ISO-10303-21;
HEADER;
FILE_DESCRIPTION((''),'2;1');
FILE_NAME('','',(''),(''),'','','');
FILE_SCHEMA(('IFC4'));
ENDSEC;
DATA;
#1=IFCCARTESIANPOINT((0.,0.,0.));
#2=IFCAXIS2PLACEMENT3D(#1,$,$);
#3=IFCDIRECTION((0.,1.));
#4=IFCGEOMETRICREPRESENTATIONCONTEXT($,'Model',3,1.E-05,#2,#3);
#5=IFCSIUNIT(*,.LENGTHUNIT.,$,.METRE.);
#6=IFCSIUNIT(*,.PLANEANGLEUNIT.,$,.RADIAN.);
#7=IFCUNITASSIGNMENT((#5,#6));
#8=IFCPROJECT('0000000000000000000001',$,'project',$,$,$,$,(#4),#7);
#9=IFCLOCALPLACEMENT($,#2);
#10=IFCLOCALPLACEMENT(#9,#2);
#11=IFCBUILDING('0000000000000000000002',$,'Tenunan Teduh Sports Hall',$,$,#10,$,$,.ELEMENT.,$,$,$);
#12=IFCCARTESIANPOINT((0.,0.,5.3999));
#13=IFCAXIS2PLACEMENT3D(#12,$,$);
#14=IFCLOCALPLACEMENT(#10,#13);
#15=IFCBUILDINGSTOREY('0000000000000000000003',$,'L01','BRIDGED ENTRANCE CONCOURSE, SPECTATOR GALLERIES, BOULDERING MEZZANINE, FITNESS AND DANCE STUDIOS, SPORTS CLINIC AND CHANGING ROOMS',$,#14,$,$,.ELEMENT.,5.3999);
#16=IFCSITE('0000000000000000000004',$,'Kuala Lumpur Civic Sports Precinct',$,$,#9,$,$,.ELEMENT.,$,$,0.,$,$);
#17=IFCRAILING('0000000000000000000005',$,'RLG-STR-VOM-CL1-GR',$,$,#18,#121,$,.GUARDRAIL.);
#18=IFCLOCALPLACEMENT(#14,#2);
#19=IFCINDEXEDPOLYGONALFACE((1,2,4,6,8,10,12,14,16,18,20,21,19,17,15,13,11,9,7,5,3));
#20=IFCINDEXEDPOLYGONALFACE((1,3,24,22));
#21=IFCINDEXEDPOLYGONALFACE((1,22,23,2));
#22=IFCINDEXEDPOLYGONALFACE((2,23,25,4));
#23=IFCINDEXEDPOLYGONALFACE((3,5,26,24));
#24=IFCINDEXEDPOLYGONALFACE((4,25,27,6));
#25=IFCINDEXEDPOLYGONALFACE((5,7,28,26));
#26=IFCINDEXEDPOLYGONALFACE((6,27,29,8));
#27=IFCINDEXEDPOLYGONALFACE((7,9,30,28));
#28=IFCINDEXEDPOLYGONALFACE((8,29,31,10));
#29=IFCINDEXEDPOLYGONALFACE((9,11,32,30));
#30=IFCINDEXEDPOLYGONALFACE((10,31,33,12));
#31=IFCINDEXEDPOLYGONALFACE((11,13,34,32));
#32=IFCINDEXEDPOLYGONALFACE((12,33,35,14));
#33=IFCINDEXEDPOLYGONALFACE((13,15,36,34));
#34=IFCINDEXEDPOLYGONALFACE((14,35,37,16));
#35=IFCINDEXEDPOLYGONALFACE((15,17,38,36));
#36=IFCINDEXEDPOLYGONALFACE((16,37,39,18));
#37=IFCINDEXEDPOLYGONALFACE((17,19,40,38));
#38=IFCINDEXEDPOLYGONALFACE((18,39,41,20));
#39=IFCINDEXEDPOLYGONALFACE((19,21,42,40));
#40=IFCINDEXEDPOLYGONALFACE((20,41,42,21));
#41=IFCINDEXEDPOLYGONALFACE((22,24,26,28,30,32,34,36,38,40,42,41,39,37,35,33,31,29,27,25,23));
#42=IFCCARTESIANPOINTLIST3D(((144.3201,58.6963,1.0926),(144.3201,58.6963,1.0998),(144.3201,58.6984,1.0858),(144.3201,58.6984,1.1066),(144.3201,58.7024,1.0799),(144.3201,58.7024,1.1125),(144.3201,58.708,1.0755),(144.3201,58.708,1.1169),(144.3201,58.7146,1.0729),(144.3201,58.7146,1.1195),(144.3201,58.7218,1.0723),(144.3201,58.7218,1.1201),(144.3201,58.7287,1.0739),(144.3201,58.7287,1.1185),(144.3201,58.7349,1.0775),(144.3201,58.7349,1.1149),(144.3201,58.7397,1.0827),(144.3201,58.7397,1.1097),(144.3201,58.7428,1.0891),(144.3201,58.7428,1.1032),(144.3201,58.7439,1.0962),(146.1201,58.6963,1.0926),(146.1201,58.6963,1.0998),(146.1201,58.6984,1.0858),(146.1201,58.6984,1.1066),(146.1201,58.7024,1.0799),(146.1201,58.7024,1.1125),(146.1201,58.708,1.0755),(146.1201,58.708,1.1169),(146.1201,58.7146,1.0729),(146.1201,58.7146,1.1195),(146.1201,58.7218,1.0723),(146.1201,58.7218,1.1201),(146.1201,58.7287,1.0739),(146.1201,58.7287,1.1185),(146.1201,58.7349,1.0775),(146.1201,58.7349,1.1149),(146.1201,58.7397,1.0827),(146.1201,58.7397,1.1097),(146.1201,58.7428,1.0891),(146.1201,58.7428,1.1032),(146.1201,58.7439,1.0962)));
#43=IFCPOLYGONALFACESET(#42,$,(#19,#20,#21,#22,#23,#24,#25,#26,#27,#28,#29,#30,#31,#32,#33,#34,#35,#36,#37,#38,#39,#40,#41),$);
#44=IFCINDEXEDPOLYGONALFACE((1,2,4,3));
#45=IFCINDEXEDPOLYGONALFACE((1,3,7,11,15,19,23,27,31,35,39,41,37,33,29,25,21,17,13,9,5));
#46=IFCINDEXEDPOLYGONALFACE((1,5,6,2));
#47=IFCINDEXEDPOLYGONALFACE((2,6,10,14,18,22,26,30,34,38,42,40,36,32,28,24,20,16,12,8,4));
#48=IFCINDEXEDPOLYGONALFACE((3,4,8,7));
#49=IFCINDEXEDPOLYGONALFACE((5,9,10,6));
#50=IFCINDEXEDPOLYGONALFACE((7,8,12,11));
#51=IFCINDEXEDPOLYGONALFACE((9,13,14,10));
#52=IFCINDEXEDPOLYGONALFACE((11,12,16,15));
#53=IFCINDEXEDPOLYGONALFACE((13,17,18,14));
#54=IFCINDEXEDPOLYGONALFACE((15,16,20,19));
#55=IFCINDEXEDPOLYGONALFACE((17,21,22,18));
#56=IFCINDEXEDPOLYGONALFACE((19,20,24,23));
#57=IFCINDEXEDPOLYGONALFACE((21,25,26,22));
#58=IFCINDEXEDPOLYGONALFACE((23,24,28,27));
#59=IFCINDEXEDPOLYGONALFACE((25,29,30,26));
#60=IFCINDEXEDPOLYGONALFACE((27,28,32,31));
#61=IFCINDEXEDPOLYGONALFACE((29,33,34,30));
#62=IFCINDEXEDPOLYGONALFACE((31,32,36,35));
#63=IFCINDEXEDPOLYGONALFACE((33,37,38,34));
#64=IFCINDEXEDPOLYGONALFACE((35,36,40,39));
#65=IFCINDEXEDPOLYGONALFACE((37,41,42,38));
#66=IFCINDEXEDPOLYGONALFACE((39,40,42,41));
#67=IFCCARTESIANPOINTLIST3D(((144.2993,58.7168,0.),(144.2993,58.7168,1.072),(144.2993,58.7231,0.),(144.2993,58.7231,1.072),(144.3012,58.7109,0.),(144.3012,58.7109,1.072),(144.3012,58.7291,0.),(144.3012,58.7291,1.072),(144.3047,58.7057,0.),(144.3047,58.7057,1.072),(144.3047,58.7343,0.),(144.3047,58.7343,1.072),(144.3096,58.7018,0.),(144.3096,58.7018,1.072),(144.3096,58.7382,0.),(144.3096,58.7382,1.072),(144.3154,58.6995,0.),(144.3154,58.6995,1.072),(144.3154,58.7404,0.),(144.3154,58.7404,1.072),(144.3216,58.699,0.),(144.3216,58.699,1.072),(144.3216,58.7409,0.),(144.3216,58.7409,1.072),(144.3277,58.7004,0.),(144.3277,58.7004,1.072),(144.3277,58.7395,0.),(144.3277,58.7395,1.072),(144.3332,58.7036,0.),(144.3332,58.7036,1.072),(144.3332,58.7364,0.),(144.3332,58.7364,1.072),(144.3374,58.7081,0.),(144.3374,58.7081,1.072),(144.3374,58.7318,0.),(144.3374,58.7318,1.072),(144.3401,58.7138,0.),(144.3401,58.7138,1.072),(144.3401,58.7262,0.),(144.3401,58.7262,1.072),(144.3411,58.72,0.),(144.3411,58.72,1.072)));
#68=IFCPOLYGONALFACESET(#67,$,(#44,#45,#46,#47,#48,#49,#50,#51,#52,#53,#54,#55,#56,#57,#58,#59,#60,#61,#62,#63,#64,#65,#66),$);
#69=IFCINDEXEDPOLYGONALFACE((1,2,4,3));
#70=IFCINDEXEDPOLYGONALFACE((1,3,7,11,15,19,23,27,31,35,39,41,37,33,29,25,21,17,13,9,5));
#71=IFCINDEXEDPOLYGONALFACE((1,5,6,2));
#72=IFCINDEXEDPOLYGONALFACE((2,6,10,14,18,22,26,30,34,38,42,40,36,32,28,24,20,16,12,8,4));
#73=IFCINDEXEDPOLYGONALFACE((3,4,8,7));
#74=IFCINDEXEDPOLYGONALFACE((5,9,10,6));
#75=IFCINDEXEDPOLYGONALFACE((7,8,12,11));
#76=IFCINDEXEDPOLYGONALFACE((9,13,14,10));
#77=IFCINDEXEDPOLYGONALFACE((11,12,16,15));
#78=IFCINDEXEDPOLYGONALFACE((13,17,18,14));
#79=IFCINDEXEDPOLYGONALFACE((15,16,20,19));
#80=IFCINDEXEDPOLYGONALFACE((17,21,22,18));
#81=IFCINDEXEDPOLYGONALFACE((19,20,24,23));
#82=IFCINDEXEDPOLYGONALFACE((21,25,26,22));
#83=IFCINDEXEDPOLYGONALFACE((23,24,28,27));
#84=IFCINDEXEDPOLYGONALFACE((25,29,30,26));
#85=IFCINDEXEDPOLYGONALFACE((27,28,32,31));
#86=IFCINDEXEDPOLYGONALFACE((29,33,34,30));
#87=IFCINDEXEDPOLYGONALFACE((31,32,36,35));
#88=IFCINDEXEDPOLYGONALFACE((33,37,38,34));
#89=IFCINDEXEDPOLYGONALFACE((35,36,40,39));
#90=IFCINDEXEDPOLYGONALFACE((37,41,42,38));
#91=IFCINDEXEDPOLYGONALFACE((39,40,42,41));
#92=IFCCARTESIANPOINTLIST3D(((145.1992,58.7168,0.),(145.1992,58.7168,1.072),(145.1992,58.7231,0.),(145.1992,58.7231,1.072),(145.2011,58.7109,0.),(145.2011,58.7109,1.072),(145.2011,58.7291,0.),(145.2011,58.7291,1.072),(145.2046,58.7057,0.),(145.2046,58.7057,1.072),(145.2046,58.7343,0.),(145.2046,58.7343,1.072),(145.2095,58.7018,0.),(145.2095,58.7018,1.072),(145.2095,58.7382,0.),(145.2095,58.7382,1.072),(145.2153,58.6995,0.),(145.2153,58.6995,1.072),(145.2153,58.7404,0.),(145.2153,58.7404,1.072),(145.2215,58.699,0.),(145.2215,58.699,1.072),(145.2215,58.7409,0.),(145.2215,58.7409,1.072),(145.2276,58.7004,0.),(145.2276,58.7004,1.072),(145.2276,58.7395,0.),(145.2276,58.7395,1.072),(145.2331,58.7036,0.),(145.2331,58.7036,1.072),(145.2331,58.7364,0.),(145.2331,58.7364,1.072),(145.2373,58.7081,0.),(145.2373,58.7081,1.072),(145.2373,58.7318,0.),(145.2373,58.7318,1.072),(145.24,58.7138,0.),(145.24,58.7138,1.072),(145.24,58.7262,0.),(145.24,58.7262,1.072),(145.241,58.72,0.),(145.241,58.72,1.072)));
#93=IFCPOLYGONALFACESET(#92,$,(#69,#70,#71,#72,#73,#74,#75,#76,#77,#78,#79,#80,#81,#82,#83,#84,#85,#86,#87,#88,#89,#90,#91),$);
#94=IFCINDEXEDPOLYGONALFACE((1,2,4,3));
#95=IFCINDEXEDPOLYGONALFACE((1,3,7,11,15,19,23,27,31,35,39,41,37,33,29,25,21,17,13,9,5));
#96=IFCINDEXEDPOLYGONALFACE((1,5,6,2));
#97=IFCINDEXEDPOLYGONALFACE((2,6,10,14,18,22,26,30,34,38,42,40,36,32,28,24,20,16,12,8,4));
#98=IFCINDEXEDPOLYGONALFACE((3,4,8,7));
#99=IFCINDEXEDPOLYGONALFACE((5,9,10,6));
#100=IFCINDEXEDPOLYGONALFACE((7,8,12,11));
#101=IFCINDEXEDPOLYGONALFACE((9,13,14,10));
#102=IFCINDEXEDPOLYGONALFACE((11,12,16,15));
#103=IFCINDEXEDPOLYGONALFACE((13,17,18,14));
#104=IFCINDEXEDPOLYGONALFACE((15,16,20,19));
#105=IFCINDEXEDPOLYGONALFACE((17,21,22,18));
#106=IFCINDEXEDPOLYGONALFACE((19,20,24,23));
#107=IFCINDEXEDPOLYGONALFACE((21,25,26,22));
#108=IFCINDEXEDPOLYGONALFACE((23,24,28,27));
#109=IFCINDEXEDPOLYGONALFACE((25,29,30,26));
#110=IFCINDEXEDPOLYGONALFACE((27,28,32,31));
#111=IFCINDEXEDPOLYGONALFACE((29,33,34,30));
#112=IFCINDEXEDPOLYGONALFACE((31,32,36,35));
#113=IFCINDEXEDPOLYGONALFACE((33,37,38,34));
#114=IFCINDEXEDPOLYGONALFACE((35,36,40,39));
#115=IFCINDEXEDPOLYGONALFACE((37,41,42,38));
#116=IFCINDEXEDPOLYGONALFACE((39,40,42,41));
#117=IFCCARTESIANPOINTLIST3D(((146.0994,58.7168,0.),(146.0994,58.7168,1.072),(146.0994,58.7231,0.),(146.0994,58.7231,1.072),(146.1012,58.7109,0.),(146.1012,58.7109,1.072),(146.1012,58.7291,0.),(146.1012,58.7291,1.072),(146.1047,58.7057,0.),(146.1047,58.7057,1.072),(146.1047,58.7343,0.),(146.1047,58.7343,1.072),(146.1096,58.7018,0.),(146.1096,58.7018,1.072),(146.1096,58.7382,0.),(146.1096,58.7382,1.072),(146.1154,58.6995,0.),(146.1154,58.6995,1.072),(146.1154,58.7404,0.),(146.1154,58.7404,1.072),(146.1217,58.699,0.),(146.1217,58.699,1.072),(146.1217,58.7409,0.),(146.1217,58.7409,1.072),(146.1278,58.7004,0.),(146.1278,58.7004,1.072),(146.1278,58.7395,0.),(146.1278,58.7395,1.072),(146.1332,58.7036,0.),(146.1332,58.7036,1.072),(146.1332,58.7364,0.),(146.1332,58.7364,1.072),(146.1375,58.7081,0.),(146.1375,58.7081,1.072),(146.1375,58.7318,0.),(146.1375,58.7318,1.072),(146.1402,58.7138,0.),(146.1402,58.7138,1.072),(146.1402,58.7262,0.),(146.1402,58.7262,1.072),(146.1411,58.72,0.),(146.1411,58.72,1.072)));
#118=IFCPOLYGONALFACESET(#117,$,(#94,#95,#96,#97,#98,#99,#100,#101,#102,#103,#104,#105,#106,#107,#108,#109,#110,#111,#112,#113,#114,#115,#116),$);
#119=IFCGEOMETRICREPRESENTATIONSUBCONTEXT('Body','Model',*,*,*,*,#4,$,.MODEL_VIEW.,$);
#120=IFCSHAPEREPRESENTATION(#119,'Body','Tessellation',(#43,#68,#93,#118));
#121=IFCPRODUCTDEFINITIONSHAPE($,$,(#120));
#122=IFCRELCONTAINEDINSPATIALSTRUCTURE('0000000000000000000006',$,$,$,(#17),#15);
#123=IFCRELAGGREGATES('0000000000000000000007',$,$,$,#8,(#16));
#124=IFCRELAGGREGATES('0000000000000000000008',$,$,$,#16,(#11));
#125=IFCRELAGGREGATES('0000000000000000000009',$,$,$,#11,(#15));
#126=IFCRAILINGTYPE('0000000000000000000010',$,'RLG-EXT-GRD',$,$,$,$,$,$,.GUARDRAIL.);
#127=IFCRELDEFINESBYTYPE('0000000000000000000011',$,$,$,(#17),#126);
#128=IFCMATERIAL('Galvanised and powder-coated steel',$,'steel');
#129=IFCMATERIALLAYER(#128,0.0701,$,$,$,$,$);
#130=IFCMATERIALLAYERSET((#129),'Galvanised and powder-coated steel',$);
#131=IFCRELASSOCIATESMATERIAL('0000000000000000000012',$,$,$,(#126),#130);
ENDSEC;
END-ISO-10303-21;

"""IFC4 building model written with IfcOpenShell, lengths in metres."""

from ifc_helpers import new_model, si_unit, direction, frame, origin, origin_2d, place, context, subcontext, project, spatial, circle, extrude, material, layer, layer_set, type_object, element, save


model = new_model("IFC4")

# Units and contexts
model_context = context("Model", 3, precision=1e-05, world=origin(), true_north=direction((0.0, 1.0)))
body_context = subcontext(model_context, "Body", "Model", "MODEL_VIEW")
ifc_project = project(units=[si_unit("LENGTHUNIT", "METRE"), si_unit("PLANEANGLEUNIT", "RADIAN")], contexts=[model_context])

# Site, building, storey
site_placement = place(None, origin())
site = spatial("IfcSite", under=ifc_project, at=site_placement, Name="Kuala Lumpur Civic Sports Precinct", CompositionType="ELEMENT", RefElevation=0.0)
building_placement = place(site_placement, origin())
building = spatial("IfcBuilding", under=site, at=building_placement, Name="Tenunan Teduh Sports Hall", CompositionType="ELEMENT")
storey_placement = place(building_placement, frame((0.0, 0.0, 5.3999)))
storey = spatial("IfcBuildingStorey", under=building, at=storey_placement, Name="L01", Description="BRIDGED ENTRANCE CONCOURSE, SPECTATOR GALLERIES, BOULDERING MEZZANINE, FITNESS AND DANCE STUDIOS, SPORTS CLINIC AND CHANGING ROOMS", CompositionType="ELEMENT", Elevation=5.3999)

# Railing
ifc_material_1 = material(Name="Galvanised and powder-coated steel", Category="steel")
ifc_layer_1 = layer(ifc_material_1, 0.0701)
ifc_layer_set_1 = layer_set([ifc_layer_1], Name="Galvanised and powder-coated steel")
railing_type_1 = type_object("IfcRailingType", Name="RLG-EXT-GRD", PredefinedType="GUARDRAIL", material=ifc_layer_set_1)
railing_1_placement = place(storey_placement, frame((144.3201, 58.72, 0.0)))
element("IfcRailing", 1, at=railing_1_placement, inside=storey, type_object=railing_type_1, Name="RLG-STR-VOM-CL1-GR", PredefinedType="GUARDRAIL", context=body_context, shape_type="SweptSolid", body=[
    extrude(circle(Radius=0.0239, at=origin_2d()), frame((0.0, 0.0, 1.0962), z_axis=(1.0, 0.0, 0.0), x_axis=(0.0, 1.0, 0.0)), (0.0, 0.0, 1.0), 1.8),
    extrude(circle(Radius=0.021, at=origin_2d()), origin(), (0.0, 0.0, 1.0), 1.072),
    extrude(circle(Radius=0.021, at=origin_2d()), frame((0.8999, 0.0, 0.0)), (0.0, 0.0, 1.0), 1.072),
    extrude(circle(Radius=0.021, at=origin_2d()), frame((1.8, 0.0, 0.0)), (0.0, 0.0, 1.0), 1.072),
])

save(model, "model.ifc")
